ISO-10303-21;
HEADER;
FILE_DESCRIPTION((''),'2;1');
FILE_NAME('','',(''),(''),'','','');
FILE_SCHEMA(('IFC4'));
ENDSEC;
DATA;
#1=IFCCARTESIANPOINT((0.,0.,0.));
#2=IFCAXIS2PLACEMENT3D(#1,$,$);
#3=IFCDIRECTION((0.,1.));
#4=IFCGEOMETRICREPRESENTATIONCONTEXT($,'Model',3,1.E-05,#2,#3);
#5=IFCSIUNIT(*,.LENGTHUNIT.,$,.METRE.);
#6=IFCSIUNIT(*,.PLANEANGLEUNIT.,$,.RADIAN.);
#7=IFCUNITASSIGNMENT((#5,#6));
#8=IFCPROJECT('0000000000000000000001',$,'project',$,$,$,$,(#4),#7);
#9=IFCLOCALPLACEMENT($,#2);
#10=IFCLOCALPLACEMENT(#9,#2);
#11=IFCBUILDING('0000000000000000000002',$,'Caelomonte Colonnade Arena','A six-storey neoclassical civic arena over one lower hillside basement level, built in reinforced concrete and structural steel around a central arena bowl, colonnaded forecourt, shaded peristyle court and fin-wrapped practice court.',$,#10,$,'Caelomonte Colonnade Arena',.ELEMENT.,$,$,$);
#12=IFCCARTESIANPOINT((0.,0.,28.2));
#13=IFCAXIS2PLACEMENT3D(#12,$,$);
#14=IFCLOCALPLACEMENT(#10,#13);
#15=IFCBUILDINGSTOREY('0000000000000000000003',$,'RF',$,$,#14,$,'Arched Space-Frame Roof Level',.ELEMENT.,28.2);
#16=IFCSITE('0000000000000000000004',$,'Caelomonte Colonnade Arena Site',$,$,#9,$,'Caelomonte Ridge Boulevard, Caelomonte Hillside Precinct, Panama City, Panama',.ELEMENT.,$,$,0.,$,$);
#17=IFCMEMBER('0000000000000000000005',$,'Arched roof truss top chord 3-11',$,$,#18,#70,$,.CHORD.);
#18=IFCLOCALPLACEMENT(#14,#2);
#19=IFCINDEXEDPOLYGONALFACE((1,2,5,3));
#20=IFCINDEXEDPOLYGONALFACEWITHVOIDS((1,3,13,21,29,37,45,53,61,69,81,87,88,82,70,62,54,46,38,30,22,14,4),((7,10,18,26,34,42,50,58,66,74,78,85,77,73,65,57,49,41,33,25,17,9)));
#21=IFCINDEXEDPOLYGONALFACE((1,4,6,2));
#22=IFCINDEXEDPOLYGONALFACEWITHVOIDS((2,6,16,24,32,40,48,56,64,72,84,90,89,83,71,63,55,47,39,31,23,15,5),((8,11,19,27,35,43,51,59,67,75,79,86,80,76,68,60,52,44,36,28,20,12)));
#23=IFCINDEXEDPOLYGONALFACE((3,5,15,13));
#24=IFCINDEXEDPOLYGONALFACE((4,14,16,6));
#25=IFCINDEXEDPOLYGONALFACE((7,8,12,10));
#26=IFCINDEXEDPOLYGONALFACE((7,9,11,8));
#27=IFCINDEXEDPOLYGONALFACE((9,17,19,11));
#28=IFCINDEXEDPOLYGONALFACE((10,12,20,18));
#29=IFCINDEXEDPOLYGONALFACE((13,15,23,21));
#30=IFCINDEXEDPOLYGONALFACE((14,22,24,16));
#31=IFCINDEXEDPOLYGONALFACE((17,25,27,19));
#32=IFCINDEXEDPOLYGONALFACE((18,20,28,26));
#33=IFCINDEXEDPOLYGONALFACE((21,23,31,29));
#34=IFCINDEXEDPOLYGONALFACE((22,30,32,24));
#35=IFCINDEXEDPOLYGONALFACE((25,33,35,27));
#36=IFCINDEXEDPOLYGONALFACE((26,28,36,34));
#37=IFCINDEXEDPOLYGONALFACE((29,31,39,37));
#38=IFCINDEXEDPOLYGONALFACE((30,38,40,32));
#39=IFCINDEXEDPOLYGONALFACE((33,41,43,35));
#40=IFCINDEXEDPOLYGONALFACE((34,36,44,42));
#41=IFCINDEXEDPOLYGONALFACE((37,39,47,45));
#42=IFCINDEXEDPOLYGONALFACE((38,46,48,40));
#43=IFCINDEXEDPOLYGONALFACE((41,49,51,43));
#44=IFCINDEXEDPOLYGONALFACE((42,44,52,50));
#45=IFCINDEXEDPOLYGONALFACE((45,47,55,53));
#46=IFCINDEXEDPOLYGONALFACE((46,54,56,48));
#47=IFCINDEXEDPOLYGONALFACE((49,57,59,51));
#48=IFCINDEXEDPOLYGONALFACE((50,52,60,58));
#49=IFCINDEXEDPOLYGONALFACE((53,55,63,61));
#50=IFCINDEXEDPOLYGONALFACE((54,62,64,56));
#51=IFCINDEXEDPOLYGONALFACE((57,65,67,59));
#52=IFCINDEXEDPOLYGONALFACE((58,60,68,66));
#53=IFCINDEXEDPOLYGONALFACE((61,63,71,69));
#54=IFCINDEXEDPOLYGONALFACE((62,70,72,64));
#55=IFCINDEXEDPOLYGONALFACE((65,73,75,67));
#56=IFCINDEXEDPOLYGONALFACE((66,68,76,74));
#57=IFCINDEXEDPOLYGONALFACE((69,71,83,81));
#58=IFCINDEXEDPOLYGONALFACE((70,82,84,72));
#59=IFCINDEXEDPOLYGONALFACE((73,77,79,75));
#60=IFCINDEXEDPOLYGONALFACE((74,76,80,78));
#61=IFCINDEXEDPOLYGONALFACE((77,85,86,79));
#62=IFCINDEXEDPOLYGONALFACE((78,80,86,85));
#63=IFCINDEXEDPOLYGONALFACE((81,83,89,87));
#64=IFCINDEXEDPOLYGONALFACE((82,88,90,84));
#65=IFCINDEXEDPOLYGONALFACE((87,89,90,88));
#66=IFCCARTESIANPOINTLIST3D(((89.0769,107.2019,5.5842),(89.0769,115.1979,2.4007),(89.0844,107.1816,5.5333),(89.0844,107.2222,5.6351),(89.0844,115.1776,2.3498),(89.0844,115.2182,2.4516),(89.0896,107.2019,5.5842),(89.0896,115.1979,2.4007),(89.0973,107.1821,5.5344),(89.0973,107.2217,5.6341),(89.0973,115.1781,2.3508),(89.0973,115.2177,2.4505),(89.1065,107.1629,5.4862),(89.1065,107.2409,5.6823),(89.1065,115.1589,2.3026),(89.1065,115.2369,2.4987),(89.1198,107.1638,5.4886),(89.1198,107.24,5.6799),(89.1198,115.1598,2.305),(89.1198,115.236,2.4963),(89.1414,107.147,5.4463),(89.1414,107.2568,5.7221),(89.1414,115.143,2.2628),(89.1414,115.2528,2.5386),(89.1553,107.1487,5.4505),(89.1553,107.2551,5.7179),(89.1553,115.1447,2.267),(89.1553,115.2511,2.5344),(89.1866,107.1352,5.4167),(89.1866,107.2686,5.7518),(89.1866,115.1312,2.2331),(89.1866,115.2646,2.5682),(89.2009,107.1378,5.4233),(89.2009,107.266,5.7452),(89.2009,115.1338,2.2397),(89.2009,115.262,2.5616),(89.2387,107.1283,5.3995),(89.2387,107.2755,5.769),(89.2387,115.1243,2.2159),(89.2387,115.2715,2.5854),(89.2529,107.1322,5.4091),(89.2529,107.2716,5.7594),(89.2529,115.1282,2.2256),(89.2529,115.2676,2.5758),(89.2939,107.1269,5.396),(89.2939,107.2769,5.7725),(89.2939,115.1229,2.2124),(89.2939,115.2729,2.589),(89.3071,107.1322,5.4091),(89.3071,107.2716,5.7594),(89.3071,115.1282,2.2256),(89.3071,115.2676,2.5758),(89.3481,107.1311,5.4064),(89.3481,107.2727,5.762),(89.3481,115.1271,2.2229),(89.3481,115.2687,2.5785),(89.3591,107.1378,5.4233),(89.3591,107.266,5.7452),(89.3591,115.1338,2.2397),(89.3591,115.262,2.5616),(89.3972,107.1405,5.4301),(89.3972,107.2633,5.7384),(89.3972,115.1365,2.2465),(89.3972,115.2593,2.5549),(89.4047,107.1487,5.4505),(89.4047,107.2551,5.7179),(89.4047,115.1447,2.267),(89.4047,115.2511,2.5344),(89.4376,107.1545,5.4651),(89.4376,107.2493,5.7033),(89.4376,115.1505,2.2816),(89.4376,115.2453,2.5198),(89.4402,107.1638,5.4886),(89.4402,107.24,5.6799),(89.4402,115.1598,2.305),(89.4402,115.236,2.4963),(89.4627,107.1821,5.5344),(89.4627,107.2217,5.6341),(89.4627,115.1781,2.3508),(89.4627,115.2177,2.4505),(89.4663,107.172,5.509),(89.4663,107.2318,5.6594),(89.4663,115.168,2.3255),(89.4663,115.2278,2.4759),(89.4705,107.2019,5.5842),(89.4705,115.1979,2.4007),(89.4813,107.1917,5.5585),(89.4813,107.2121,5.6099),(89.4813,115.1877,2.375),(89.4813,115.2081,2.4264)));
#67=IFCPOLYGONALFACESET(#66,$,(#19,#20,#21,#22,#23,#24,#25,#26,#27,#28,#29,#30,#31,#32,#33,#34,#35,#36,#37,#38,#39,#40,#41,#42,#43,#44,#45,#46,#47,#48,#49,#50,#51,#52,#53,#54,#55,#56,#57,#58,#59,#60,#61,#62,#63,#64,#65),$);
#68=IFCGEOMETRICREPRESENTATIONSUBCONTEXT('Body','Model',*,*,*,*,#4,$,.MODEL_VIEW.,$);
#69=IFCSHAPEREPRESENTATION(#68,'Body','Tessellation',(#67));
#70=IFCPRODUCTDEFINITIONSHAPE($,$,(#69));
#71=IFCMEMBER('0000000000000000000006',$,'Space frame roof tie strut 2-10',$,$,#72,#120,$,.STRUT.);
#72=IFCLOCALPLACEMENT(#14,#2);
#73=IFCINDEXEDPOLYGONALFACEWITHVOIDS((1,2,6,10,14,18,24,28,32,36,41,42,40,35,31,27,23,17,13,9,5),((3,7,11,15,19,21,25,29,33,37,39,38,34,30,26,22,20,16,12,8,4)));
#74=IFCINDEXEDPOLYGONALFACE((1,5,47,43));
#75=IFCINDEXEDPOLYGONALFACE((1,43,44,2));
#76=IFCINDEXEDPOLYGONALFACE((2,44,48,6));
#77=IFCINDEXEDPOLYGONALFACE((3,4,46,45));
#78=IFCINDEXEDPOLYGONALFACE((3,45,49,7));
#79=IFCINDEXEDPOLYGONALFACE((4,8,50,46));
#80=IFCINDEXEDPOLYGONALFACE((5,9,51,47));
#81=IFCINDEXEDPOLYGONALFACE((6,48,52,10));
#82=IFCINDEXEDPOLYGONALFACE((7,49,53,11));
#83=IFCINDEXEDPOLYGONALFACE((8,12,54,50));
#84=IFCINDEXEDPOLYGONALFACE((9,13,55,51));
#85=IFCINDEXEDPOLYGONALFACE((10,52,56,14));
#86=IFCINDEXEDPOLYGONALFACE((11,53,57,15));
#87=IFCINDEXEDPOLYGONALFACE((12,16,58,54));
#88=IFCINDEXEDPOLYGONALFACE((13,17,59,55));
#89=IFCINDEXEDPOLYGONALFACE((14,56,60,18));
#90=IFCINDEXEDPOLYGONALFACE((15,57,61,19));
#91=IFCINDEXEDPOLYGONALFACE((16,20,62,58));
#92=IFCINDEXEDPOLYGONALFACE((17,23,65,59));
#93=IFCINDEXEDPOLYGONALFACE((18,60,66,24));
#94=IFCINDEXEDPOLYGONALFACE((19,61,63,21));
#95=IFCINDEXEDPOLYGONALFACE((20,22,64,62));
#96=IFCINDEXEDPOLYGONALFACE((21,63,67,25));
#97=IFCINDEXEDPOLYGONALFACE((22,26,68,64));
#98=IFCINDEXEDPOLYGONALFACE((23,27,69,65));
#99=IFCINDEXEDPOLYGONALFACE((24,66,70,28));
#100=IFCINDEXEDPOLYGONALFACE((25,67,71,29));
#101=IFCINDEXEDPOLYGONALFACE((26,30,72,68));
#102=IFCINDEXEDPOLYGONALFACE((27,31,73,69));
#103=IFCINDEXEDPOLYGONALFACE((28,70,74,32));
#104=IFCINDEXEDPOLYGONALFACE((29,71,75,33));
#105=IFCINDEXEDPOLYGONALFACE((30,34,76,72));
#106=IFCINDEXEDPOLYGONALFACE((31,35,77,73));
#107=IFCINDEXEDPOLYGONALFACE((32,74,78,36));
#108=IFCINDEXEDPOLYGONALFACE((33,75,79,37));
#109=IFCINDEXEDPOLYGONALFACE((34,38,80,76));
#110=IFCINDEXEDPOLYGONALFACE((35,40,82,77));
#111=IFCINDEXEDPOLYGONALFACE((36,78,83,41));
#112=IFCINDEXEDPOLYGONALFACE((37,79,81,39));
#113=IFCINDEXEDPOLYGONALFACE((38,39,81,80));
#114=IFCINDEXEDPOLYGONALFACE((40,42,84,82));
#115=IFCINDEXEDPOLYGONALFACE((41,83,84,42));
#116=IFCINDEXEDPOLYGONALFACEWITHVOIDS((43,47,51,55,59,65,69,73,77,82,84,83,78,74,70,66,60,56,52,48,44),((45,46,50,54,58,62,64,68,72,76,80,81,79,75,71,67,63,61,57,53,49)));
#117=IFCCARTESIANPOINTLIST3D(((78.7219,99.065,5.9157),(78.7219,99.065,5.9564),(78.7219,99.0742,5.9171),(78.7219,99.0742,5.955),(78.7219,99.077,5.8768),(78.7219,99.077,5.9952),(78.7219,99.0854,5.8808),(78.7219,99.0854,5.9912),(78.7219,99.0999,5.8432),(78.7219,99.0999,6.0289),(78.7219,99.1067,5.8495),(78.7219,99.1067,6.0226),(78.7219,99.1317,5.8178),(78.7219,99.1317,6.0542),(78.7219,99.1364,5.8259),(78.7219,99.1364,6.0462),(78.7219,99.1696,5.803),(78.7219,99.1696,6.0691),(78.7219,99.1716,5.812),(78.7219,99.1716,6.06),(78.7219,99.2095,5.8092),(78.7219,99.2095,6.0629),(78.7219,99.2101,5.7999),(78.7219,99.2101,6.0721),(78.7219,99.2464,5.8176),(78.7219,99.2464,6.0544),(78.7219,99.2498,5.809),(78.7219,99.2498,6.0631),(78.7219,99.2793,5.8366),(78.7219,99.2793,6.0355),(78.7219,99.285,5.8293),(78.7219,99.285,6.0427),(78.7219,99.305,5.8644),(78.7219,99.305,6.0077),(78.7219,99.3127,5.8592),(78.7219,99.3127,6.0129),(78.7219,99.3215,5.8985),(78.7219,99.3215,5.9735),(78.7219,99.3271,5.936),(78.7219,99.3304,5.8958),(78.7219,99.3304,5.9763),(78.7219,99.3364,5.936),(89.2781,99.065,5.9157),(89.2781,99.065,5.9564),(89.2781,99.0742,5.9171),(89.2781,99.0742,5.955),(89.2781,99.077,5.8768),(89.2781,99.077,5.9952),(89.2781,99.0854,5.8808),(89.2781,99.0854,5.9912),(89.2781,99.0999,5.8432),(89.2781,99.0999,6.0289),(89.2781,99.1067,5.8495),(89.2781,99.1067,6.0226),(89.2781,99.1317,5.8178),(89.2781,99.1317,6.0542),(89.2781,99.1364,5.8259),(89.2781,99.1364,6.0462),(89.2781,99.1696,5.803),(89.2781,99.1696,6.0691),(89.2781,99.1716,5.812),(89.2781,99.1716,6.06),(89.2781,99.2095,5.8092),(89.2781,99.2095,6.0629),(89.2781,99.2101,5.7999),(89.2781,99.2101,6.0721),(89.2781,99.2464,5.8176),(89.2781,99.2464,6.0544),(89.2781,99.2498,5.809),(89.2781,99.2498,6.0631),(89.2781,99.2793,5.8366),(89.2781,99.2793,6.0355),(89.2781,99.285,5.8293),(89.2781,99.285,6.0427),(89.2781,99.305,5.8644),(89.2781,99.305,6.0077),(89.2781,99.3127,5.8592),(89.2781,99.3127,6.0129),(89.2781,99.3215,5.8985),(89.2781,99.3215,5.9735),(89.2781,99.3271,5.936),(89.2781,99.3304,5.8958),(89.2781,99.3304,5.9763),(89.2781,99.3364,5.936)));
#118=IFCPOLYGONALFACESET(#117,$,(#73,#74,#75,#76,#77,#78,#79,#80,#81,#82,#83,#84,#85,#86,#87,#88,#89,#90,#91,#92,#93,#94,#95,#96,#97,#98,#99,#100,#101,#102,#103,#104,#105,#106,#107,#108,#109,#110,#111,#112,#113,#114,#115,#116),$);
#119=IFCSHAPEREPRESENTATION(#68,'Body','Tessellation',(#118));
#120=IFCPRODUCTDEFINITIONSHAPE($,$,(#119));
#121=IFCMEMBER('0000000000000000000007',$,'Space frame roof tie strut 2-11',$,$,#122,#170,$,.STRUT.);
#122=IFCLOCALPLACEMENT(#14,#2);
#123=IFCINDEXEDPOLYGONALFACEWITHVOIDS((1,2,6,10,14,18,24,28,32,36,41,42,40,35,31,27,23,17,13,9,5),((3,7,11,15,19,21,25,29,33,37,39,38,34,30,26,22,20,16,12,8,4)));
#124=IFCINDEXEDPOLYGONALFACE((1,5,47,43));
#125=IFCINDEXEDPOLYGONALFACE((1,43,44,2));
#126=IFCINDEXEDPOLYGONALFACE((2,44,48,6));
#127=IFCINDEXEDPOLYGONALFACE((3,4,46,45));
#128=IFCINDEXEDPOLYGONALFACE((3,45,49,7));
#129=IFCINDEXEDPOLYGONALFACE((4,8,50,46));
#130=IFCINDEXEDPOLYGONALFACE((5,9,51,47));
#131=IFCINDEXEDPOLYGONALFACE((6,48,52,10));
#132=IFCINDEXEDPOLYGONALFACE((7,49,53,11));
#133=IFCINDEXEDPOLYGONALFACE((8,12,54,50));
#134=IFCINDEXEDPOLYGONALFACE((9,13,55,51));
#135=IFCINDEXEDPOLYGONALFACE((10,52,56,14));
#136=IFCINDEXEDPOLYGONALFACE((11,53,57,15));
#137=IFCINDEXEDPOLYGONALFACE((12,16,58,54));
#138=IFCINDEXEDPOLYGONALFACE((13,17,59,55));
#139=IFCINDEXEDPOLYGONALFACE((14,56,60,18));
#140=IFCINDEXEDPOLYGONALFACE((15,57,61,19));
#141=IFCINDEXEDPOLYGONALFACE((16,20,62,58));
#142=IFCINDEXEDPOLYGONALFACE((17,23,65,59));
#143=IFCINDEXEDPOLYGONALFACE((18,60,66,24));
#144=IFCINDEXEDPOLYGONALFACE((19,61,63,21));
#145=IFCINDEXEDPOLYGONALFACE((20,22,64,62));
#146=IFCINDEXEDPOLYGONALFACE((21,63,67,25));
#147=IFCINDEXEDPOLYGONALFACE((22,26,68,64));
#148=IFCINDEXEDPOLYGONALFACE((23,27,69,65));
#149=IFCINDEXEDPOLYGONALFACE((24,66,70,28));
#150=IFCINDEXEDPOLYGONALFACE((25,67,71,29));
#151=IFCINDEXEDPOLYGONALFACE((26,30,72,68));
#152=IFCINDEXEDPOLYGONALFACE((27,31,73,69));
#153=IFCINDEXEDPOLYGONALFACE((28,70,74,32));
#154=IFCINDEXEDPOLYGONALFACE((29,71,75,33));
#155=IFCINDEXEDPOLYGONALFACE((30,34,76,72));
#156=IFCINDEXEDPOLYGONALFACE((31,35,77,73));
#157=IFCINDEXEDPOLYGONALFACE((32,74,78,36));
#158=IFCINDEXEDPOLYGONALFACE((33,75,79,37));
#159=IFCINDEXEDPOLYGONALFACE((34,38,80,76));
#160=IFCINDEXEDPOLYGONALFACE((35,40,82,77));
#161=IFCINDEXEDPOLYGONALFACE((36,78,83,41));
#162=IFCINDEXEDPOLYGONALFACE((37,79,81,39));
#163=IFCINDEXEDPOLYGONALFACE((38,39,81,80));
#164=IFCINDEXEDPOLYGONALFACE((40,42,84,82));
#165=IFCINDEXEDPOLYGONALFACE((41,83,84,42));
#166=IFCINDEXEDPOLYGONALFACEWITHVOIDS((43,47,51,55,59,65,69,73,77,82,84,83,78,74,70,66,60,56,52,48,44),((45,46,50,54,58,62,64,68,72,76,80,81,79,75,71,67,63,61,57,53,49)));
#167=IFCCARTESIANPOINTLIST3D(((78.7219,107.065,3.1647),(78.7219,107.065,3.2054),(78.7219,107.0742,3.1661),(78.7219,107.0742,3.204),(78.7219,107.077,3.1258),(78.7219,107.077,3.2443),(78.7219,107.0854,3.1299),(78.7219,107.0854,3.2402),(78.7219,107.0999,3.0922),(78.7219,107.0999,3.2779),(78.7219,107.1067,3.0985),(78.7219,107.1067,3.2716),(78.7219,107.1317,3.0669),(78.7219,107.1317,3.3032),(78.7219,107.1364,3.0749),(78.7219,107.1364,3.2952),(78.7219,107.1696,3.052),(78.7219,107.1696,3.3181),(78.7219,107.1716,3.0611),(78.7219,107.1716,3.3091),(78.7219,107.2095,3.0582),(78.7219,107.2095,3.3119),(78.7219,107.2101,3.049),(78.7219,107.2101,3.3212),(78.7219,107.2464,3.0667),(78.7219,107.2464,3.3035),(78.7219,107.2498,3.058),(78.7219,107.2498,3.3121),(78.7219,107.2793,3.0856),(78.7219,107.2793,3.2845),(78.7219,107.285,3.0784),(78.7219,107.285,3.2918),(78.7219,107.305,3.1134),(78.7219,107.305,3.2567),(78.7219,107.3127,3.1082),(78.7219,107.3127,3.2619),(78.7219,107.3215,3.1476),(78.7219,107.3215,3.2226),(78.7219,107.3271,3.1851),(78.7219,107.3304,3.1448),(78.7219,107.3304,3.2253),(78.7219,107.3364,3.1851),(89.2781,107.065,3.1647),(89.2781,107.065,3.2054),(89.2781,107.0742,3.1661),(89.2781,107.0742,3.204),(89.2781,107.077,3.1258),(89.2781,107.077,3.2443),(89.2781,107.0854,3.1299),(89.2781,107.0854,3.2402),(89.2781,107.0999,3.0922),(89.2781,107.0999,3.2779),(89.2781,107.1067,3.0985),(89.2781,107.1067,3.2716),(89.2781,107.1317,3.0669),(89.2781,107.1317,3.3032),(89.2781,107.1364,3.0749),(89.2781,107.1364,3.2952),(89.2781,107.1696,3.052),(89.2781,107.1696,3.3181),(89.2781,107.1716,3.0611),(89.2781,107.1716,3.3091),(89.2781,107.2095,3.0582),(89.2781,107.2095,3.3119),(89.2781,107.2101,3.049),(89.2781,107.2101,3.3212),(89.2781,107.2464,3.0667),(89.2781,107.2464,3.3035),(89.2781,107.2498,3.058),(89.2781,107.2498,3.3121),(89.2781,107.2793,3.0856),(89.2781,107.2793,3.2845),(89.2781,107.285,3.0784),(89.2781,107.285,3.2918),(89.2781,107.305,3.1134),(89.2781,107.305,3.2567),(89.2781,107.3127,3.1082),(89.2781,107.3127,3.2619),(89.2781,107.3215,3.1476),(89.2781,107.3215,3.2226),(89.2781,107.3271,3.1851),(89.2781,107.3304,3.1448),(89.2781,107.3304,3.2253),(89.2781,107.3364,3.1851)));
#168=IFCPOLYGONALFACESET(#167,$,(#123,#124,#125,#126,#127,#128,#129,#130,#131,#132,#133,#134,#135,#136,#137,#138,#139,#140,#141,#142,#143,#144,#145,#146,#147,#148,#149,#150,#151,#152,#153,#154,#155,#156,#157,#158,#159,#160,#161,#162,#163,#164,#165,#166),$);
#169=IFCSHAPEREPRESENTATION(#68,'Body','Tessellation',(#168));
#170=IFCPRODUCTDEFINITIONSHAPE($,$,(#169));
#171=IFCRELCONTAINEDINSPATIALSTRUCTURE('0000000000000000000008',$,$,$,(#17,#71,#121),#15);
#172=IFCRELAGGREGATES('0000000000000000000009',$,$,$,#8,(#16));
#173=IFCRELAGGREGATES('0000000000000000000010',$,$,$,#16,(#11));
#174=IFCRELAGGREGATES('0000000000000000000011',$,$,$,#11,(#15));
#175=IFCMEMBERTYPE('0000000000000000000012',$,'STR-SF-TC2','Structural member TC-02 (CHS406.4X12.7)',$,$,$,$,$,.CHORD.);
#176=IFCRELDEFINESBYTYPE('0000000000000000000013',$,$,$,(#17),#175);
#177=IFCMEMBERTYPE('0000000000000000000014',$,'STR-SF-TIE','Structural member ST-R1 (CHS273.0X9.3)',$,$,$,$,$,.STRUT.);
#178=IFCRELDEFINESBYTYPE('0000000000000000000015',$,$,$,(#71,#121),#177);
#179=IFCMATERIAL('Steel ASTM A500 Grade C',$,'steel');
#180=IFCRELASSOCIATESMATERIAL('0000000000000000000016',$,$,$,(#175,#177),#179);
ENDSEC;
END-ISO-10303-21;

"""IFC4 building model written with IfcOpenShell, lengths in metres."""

from ifc_helpers import new_model, si_unit, direction, frame, origin, origin_2d, place, context, subcontext, project, spatial, hollow_circle, extrude, material, material_profile, profile_set, type_object, element, save


model = new_model("IFC4")

# Units and contexts
model_context = context("Model", 3, precision=1e-05, world=origin(), true_north=direction((0.0, 1.0)))
body_context = subcontext(model_context, "Body", "Model", "MODEL_VIEW")
ifc_project = project(units=[si_unit("LENGTHUNIT", "METRE"), si_unit("PLANEANGLEUNIT", "RADIAN")], contexts=[model_context])

# Site, building, storey
site_placement = place(None, origin())
site = spatial("IfcSite", under=ifc_project, at=site_placement, Name="Caelomonte Colonnade Arena Site", LongName="Caelomonte Ridge Boulevard, Caelomonte Hillside Precinct, Panama City, Panama", CompositionType="ELEMENT", RefElevation=0.0)
building_placement = place(site_placement, origin())
building = spatial("IfcBuilding", under=site, at=building_placement, Name="Caelomonte Colonnade Arena", Description="A six-storey neoclassical civic arena over one lower hillside basement level, built in reinforced concrete and structural steel around a central arena bowl, colonnaded forecourt, shaded peristyle court and fin-wrapped practice court.", LongName="Caelomonte Colonnade Arena", CompositionType="ELEMENT")
storey_placement = place(building_placement, frame((0.0, 0.0, 28.2)))
storey = spatial("IfcBuildingStorey", under=building, at=storey_placement, Name="RF", LongName="Arched Space-Frame Roof Level", CompositionType="ELEMENT", Elevation=28.2)

# Members
ifc_material_1 = material(Name="Steel ASTM A500 Grade C", Category="steel")
ifc_material_profile_1 = material_profile(ifc_material_1, hollow_circle(Radius=0.2031, WallThickness=0.0127, at=origin_2d()), Name="CHS406.4X12.7")
ifc_profile_set_1 = profile_set([ifc_material_profile_1], Name="Steel ASTM A500 Grade C")
member_type_1 = type_object("IfcMemberType", Name="STR-SF-TC2", Description="Structural member TC-02 (CHS406.4X12.7)", PredefinedType="CHORD", material=ifc_profile_set_1)
member_1_placement = place(storey_placement, frame((89.28, 107.2019, 5.5842), z_axis=(0.0, 0.92907, -0.369903), x_axis=(-1.0, 0.0, 0.0)))
element("IfcMember", 1, at=member_1_placement, inside=storey, type_object=member_type_1, Name="Arched roof truss top chord 3-11", PredefinedType="CHORD", context=body_context, shape_type="SweptSolid", body=[
    extrude(hollow_circle(Radius=0.2031, WallThickness=0.0127, at=origin_2d()), origin(), (0.0, 0.0, 1.0), 8.6064),
])
ifc_material_profile_2 = material_profile(ifc_material_1, hollow_circle(Radius=0.1365, WallThickness=0.0093, at=origin_2d()), Name="CHS273.0X9.3")
ifc_profile_set_2 = profile_set([ifc_material_profile_2], Name="Steel ASTM A500 Grade C")
member_type_2 = type_object("IfcMemberType", Name="STR-SF-TIE", Description="Structural member ST-R1 (CHS273.0X9.3)", PredefinedType="STRUT", material=ifc_profile_set_2)
for number, where, z_axis, x_axis, name in (
    (2, (78.7219, 99.2, 5.936), (1.0, 0.0, 0.0), (0.0, 1.0, 0.0), "Space frame roof tie strut 2-10"),
    (3, (78.7219, 107.2, 3.1851), (1.0, 0.0, 0.0), (0.0, 1.0, 0.0), "Space frame roof tie strut 2-11"),
):
    element("IfcMember", number, at=place(storey_placement, frame(where, z_axis=z_axis, x_axis=x_axis)), inside=storey, type_object=member_type_2, Name=name, PredefinedType="STRUT", context=body_context, shape_type="SweptSolid", body=[
        extrude(hollow_circle(Radius=0.1365, WallThickness=0.0093, at=origin_2d()), origin(), (0.0, 0.0, 1.0), 10.5562),
    ])

save(model, "model.ifc")
